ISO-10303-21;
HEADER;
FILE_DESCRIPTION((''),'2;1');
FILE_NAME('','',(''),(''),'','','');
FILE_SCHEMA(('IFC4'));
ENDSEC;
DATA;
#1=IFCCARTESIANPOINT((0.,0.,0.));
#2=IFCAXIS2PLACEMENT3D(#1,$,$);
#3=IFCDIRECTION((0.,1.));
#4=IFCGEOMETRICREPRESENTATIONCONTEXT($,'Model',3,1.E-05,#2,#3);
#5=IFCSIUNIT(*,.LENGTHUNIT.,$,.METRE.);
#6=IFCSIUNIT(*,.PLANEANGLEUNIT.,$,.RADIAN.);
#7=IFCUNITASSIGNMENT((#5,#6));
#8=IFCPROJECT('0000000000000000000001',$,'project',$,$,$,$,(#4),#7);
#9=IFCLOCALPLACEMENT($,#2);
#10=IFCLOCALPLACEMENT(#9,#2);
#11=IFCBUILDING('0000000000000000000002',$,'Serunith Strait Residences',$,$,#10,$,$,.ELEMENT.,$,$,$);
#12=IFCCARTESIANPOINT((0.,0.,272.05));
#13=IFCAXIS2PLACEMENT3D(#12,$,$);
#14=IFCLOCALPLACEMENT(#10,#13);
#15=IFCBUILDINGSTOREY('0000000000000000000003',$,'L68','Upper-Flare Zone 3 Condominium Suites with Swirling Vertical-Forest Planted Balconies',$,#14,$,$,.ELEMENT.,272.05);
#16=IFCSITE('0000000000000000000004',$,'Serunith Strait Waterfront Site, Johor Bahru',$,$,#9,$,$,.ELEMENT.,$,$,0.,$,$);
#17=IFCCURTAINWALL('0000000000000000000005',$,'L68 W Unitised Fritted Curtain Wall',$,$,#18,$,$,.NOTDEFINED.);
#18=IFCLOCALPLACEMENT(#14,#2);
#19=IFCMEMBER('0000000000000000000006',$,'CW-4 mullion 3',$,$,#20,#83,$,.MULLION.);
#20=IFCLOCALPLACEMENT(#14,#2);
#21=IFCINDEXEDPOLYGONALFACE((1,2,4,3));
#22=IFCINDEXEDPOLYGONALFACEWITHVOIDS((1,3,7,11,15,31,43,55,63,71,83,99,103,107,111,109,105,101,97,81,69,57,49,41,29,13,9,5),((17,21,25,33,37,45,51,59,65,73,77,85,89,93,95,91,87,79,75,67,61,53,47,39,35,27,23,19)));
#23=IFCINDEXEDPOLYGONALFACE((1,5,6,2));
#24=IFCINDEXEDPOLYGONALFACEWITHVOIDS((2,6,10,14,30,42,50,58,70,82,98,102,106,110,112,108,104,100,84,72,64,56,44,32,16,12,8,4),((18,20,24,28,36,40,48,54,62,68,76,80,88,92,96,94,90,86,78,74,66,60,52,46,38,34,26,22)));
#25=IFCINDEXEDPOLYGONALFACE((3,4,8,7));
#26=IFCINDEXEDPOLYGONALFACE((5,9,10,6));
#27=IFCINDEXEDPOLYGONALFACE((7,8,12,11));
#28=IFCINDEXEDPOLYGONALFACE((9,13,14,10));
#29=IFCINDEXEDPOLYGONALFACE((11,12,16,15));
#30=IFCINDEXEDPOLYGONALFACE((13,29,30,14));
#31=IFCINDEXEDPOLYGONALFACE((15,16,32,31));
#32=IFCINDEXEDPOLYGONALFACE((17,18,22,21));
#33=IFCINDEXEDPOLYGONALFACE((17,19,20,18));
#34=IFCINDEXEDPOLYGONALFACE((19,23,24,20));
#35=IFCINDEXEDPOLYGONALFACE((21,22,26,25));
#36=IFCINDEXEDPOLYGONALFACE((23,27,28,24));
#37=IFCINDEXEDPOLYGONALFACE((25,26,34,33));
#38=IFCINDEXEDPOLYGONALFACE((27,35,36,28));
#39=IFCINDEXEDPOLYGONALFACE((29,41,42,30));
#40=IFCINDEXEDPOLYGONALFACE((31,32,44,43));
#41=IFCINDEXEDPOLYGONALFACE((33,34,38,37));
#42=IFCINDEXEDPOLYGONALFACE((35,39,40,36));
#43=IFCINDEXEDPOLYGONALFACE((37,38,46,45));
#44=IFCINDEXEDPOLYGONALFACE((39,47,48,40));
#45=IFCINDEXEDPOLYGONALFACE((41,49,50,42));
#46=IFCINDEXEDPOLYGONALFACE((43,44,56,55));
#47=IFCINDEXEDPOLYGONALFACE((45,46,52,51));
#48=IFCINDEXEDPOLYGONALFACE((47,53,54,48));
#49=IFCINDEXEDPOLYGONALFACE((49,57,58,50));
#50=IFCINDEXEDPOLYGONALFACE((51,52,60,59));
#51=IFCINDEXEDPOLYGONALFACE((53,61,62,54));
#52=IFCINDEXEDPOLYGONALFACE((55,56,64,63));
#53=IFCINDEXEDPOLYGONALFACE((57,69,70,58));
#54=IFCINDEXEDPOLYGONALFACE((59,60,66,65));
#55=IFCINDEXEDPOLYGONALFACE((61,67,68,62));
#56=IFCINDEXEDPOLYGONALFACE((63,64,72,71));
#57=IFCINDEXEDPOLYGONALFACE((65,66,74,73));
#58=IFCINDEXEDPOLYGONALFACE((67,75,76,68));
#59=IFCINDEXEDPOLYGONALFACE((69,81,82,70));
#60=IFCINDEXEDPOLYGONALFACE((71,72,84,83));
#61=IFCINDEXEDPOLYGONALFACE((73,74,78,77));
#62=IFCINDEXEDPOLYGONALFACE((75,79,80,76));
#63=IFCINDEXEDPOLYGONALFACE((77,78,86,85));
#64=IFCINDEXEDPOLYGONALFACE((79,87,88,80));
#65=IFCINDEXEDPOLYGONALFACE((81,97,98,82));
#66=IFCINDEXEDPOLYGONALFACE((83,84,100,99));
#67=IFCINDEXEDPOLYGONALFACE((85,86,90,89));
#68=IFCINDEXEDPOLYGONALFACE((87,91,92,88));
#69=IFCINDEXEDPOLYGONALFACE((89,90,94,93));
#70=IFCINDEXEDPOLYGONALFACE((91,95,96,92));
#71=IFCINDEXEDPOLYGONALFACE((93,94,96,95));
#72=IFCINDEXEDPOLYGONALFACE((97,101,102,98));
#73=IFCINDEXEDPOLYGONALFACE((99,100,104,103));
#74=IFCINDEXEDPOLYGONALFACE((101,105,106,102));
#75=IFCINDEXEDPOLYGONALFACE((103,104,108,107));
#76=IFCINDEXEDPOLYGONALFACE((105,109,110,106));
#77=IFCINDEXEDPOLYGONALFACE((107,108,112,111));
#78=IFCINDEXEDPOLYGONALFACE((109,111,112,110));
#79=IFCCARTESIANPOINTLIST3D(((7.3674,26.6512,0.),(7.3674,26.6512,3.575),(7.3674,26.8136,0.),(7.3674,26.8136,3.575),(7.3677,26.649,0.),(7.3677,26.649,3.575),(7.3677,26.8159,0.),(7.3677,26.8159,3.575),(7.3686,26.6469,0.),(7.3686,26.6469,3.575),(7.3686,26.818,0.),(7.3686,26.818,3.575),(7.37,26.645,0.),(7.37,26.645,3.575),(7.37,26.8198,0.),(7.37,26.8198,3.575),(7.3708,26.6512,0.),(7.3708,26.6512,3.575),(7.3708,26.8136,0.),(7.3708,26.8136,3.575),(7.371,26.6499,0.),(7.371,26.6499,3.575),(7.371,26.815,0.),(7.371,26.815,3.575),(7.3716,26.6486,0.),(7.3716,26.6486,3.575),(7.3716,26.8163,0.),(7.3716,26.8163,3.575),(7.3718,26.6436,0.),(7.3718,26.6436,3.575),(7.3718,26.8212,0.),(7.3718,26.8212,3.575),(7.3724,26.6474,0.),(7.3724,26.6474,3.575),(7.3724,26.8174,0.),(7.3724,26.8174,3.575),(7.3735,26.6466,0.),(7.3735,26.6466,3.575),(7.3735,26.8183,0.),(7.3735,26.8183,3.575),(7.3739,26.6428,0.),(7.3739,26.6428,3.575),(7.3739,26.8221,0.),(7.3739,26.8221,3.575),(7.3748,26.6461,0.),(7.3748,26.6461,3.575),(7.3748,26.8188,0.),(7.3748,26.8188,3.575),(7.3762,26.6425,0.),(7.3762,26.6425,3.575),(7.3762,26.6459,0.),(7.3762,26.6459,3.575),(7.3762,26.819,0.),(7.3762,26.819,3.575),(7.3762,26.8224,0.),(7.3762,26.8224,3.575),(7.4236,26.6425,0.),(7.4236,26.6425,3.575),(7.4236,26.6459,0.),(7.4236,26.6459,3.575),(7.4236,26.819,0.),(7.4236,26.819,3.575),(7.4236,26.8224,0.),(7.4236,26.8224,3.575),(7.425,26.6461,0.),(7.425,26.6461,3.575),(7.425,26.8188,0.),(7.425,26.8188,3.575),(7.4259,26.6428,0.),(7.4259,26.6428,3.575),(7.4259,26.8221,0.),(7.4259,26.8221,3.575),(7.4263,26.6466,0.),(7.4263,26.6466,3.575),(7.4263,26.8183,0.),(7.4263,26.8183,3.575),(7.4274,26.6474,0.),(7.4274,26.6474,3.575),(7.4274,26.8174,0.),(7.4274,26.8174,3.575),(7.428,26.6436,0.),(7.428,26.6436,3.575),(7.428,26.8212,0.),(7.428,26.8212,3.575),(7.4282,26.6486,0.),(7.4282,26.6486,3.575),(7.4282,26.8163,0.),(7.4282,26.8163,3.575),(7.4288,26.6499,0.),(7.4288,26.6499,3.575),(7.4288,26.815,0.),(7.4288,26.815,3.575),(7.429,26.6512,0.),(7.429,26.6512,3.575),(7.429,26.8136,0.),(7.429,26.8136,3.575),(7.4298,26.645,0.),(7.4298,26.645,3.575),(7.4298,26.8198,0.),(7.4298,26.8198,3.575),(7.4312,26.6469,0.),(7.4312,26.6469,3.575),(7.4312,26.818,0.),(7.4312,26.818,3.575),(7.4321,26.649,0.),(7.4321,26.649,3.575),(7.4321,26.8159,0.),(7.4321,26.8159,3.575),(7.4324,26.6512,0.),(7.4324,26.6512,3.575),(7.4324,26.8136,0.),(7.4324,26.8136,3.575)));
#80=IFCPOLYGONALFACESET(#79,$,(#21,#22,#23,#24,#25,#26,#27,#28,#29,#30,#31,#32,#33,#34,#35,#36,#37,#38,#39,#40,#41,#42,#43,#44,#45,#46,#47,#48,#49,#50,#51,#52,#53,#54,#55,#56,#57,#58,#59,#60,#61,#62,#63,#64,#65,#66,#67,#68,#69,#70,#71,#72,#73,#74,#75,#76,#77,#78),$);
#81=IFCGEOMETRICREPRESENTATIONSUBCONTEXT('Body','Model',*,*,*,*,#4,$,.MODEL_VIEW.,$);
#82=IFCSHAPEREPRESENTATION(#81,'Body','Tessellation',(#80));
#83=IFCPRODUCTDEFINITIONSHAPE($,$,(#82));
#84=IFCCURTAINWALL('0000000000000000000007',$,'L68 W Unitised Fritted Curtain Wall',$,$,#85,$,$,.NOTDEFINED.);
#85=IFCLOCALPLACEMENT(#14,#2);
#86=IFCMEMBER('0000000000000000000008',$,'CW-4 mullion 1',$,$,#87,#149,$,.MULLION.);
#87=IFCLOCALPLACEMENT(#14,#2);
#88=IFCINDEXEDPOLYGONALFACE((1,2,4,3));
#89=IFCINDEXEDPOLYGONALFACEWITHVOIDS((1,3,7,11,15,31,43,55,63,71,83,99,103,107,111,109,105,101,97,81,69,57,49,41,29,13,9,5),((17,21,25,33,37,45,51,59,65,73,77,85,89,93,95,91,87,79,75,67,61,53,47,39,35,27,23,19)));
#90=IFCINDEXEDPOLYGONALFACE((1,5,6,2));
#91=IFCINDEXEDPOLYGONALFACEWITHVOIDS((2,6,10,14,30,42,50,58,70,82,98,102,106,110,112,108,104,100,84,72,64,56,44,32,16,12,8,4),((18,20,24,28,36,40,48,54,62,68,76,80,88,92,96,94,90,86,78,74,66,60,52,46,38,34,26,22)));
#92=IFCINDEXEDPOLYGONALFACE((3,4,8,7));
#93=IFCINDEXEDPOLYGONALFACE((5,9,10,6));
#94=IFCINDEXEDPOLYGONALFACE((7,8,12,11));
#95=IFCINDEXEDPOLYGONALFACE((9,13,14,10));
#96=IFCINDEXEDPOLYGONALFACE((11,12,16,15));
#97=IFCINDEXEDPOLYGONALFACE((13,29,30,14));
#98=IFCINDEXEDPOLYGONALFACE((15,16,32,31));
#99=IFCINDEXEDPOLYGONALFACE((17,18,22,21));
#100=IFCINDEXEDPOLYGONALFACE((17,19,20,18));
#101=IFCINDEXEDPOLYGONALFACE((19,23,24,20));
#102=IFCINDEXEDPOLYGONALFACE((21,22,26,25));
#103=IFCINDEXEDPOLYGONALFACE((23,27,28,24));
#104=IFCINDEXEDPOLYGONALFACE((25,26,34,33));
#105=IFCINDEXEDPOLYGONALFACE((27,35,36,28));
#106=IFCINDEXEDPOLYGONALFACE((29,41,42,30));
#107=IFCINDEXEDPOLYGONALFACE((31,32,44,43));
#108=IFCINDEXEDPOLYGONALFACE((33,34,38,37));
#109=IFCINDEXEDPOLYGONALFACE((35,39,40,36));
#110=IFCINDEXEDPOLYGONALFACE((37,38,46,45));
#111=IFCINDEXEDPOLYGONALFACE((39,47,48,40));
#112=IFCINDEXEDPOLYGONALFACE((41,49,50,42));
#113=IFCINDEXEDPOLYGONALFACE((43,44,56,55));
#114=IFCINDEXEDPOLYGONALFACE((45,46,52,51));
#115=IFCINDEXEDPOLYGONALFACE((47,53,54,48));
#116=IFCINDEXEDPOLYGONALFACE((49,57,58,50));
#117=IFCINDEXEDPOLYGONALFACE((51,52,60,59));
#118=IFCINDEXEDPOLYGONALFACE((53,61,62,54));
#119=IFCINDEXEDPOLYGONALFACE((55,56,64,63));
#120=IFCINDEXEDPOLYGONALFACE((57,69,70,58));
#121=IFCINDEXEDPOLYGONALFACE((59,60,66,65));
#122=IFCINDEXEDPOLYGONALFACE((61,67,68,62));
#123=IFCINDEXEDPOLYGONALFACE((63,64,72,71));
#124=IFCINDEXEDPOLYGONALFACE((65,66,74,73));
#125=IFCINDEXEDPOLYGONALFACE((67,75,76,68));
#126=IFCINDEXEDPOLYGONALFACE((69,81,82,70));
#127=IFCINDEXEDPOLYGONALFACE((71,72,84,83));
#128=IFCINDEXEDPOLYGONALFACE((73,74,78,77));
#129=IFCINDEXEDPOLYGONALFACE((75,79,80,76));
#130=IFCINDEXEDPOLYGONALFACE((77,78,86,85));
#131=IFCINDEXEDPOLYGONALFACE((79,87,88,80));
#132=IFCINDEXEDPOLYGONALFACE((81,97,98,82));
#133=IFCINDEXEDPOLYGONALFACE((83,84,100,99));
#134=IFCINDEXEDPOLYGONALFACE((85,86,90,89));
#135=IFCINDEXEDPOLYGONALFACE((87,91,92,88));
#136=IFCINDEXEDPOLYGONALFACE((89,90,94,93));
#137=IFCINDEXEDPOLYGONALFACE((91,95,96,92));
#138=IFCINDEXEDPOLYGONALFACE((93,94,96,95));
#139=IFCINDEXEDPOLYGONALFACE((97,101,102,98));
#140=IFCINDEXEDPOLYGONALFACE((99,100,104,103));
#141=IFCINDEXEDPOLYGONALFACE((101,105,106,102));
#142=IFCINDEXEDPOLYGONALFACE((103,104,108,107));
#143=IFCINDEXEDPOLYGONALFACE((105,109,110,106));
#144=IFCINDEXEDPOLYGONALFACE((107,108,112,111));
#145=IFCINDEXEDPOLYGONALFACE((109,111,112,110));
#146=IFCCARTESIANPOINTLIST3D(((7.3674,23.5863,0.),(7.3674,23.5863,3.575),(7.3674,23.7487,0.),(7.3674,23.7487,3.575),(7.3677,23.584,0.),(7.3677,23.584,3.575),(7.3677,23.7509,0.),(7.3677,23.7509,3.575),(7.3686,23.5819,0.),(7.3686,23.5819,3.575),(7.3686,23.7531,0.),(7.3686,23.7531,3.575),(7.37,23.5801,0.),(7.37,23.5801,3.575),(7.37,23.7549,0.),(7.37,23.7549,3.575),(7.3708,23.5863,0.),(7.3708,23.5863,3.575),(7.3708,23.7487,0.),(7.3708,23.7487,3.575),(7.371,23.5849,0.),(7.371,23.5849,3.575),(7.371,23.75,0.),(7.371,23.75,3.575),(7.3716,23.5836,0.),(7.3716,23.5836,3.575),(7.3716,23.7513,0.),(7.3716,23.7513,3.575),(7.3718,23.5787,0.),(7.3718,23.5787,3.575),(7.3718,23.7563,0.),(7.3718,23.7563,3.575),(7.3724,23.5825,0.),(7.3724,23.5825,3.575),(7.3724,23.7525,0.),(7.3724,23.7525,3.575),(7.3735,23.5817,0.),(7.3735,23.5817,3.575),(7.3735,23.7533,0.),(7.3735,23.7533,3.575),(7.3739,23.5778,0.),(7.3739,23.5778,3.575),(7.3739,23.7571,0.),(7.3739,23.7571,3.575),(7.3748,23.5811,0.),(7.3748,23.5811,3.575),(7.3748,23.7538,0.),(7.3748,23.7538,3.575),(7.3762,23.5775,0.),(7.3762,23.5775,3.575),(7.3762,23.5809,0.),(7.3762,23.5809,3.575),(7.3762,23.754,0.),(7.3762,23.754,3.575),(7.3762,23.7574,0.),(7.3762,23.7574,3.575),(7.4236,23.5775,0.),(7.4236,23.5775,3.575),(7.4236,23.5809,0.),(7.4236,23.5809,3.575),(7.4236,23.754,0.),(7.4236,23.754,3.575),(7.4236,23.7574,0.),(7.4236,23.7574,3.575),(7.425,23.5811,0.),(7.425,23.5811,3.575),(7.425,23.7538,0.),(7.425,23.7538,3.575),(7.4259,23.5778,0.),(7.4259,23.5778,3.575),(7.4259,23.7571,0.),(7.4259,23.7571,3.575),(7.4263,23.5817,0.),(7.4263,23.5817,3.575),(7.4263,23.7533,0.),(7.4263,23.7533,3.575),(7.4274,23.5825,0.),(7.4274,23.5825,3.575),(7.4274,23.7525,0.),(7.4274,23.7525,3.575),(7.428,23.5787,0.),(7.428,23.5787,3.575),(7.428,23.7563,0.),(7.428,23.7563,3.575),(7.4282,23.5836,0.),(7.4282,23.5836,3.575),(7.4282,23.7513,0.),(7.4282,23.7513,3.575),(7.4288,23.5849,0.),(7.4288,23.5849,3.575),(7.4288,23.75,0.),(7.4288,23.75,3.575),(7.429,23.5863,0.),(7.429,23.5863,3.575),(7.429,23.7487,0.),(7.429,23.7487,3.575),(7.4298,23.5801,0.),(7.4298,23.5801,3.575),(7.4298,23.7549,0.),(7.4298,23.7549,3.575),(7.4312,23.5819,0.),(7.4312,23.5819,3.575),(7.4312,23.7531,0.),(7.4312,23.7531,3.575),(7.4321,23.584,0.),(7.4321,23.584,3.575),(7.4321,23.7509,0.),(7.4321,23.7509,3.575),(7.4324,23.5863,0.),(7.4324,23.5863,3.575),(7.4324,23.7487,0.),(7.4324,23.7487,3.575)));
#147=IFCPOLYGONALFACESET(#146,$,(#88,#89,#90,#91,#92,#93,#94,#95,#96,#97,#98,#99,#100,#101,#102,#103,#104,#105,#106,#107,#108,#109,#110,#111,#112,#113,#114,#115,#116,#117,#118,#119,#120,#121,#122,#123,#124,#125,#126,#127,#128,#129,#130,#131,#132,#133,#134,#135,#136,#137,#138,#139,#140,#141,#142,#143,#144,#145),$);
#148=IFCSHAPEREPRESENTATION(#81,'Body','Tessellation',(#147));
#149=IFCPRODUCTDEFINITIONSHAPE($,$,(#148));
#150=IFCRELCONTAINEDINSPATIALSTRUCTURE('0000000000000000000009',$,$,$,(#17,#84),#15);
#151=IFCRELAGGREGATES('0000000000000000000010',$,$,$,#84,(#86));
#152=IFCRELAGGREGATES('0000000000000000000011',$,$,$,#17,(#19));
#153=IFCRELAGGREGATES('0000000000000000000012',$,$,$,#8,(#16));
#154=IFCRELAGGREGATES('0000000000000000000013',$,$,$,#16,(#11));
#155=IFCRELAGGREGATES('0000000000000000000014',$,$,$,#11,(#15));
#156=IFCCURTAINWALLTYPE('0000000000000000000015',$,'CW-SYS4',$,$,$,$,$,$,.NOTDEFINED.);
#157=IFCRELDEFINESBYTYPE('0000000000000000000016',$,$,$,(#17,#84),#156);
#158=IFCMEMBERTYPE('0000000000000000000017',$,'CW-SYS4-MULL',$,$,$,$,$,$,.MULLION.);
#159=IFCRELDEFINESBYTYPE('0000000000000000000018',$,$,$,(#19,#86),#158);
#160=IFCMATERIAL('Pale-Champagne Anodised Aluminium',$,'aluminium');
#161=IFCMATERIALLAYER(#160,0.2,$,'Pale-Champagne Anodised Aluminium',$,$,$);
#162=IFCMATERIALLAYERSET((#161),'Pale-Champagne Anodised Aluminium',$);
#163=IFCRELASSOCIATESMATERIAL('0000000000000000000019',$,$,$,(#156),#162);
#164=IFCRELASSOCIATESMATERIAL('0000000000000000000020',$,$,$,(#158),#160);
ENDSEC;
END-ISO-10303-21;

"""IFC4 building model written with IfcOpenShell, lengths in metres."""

from ifc_helpers import new_model, si_unit, direction, frame, origin, origin_2d, place, context, subcontext, project, spatial, hollow_rectangle, extrude, source, transform, mapped, material, layer, layer_set, material_profile, profile_set, type_object, element, aggregate, save


model = new_model("IFC4")

# Units and contexts
model_context = context("Model", 3, precision=1e-05, world=origin(), true_north=direction((0.0, 1.0)))
body_context = subcontext(model_context, "Body", "Model", "MODEL_VIEW")
ifc_project = project(units=[si_unit("LENGTHUNIT", "METRE"), si_unit("PLANEANGLEUNIT", "RADIAN")], contexts=[model_context])

# Site, building, storey
site_placement = place(None, origin())
site = spatial("IfcSite", under=ifc_project, at=site_placement, Name="Serunith Strait Waterfront Site, Johor Bahru", CompositionType="ELEMENT", RefElevation=0.0)
building_placement = place(site_placement, origin())
building = spatial("IfcBuilding", under=site, at=building_placement, Name="Serunith Strait Residences", CompositionType="ELEMENT")
storey_placement = place(building_placement, frame((0.0, 0.0, 272.05)))
storey = spatial("IfcBuildingStorey", under=building, at=storey_placement, Name="L68", Description="Upper-Flare Zone 3 Condominium Suites with Swirling Vertical-Forest Planted Balconies", CompositionType="ELEMENT", Elevation=272.05)

# Curtain walls, members
ifc_material_1 = material(Name="Pale-Champagne Anodised Aluminium", Category="aluminium")
ifc_layer_1 = layer(ifc_material_1, 0.2, Name="Pale-Champagne Anodised Aluminium")
ifc_layer_set_1 = layer_set([ifc_layer_1], Name="Pale-Champagne Anodised Aluminium")
curtain_wall_type = type_object("IfcCurtainWallType", Name="CW-SYS4", PredefinedType="NOTDEFINED", material=ifc_layer_set_1)
curtain_wall_1_placement = place(storey_placement, origin())
curtain_wall_1 = element("IfcCurtainWall", 1, at=curtain_wall_1_placement, inside=storey, type_object=curtain_wall_type, Name="L68 W Unitised Fritted Curtain Wall", PredefinedType="NOTDEFINED")
ifc_material_profile_1 = material_profile(ifc_material_1, hollow_rectangle(XDim=0.0649, YDim=0.1799, WallThickness=0.0034, InnerFilletRadius=0.0054, OuterFilletRadius=0.0088, at=origin_2d()), Name="ALU 180x65x3.5")
ifc_profile_set_1 = profile_set([ifc_material_profile_1], Name="Pale-Champagne Anodised Aluminium")
member_type_1 = type_object("IfcMemberType", Name="CW-SYS4-MULL", PredefinedType="MULLION", material=ifc_profile_set_1)
shared_shape_1 = source(origin(), body_context, "Body", "SweptSolid", [
    extrude(hollow_rectangle(XDim=0.0649, YDim=0.1799, WallThickness=0.0034, InnerFilletRadius=0.0054, OuterFilletRadius=0.0088, at=origin_2d()), origin(), (0.0, 0.0, 1.0), 3.575),
])
member_1_placement = place(storey_placement, frame((7.3999, 26.7324, 0.0), z_axis=(0.0, 0.0, 1.0), x_axis=(1.0, 0.0, 0.0)))
member_1 = element("IfcMember", 2, at=member_1_placement, type_object=member_type_1, Name="CW-4 mullion 3", PredefinedType="MULLION", context=body_context, shape_type="MappedRepresentation", body=[
    mapped(shared_shape_1, transform((0.0, 0.0, 0.0), scale=1.0)),
])
curtain_wall_2_placement = place(storey_placement, origin())
curtain_wall_2 = element("IfcCurtainWall", 3, at=curtain_wall_2_placement, inside=storey, type_object=curtain_wall_type, Name="L68 W Unitised Fritted Curtain Wall", PredefinedType="NOTDEFINED")
member_2_placement = place(storey_placement, frame((7.3999, 23.6675, 0.0), z_axis=(0.0, 0.0, 1.0), x_axis=(1.0, 0.0, 0.0)))
member_2 = element("IfcMember", 4, at=member_2_placement, type_object=member_type_1, Name="CW-4 mullion 1", PredefinedType="MULLION", context=body_context, shape_type="MappedRepresentation", body=[
    mapped(shared_shape_1, transform((0.0, 0.0, 0.0), scale=1.0)),
])

aggregate(curtain_wall_2, [member_2])

aggregate(curtain_wall_1, [member_1])

save(model, "model.ifc")
